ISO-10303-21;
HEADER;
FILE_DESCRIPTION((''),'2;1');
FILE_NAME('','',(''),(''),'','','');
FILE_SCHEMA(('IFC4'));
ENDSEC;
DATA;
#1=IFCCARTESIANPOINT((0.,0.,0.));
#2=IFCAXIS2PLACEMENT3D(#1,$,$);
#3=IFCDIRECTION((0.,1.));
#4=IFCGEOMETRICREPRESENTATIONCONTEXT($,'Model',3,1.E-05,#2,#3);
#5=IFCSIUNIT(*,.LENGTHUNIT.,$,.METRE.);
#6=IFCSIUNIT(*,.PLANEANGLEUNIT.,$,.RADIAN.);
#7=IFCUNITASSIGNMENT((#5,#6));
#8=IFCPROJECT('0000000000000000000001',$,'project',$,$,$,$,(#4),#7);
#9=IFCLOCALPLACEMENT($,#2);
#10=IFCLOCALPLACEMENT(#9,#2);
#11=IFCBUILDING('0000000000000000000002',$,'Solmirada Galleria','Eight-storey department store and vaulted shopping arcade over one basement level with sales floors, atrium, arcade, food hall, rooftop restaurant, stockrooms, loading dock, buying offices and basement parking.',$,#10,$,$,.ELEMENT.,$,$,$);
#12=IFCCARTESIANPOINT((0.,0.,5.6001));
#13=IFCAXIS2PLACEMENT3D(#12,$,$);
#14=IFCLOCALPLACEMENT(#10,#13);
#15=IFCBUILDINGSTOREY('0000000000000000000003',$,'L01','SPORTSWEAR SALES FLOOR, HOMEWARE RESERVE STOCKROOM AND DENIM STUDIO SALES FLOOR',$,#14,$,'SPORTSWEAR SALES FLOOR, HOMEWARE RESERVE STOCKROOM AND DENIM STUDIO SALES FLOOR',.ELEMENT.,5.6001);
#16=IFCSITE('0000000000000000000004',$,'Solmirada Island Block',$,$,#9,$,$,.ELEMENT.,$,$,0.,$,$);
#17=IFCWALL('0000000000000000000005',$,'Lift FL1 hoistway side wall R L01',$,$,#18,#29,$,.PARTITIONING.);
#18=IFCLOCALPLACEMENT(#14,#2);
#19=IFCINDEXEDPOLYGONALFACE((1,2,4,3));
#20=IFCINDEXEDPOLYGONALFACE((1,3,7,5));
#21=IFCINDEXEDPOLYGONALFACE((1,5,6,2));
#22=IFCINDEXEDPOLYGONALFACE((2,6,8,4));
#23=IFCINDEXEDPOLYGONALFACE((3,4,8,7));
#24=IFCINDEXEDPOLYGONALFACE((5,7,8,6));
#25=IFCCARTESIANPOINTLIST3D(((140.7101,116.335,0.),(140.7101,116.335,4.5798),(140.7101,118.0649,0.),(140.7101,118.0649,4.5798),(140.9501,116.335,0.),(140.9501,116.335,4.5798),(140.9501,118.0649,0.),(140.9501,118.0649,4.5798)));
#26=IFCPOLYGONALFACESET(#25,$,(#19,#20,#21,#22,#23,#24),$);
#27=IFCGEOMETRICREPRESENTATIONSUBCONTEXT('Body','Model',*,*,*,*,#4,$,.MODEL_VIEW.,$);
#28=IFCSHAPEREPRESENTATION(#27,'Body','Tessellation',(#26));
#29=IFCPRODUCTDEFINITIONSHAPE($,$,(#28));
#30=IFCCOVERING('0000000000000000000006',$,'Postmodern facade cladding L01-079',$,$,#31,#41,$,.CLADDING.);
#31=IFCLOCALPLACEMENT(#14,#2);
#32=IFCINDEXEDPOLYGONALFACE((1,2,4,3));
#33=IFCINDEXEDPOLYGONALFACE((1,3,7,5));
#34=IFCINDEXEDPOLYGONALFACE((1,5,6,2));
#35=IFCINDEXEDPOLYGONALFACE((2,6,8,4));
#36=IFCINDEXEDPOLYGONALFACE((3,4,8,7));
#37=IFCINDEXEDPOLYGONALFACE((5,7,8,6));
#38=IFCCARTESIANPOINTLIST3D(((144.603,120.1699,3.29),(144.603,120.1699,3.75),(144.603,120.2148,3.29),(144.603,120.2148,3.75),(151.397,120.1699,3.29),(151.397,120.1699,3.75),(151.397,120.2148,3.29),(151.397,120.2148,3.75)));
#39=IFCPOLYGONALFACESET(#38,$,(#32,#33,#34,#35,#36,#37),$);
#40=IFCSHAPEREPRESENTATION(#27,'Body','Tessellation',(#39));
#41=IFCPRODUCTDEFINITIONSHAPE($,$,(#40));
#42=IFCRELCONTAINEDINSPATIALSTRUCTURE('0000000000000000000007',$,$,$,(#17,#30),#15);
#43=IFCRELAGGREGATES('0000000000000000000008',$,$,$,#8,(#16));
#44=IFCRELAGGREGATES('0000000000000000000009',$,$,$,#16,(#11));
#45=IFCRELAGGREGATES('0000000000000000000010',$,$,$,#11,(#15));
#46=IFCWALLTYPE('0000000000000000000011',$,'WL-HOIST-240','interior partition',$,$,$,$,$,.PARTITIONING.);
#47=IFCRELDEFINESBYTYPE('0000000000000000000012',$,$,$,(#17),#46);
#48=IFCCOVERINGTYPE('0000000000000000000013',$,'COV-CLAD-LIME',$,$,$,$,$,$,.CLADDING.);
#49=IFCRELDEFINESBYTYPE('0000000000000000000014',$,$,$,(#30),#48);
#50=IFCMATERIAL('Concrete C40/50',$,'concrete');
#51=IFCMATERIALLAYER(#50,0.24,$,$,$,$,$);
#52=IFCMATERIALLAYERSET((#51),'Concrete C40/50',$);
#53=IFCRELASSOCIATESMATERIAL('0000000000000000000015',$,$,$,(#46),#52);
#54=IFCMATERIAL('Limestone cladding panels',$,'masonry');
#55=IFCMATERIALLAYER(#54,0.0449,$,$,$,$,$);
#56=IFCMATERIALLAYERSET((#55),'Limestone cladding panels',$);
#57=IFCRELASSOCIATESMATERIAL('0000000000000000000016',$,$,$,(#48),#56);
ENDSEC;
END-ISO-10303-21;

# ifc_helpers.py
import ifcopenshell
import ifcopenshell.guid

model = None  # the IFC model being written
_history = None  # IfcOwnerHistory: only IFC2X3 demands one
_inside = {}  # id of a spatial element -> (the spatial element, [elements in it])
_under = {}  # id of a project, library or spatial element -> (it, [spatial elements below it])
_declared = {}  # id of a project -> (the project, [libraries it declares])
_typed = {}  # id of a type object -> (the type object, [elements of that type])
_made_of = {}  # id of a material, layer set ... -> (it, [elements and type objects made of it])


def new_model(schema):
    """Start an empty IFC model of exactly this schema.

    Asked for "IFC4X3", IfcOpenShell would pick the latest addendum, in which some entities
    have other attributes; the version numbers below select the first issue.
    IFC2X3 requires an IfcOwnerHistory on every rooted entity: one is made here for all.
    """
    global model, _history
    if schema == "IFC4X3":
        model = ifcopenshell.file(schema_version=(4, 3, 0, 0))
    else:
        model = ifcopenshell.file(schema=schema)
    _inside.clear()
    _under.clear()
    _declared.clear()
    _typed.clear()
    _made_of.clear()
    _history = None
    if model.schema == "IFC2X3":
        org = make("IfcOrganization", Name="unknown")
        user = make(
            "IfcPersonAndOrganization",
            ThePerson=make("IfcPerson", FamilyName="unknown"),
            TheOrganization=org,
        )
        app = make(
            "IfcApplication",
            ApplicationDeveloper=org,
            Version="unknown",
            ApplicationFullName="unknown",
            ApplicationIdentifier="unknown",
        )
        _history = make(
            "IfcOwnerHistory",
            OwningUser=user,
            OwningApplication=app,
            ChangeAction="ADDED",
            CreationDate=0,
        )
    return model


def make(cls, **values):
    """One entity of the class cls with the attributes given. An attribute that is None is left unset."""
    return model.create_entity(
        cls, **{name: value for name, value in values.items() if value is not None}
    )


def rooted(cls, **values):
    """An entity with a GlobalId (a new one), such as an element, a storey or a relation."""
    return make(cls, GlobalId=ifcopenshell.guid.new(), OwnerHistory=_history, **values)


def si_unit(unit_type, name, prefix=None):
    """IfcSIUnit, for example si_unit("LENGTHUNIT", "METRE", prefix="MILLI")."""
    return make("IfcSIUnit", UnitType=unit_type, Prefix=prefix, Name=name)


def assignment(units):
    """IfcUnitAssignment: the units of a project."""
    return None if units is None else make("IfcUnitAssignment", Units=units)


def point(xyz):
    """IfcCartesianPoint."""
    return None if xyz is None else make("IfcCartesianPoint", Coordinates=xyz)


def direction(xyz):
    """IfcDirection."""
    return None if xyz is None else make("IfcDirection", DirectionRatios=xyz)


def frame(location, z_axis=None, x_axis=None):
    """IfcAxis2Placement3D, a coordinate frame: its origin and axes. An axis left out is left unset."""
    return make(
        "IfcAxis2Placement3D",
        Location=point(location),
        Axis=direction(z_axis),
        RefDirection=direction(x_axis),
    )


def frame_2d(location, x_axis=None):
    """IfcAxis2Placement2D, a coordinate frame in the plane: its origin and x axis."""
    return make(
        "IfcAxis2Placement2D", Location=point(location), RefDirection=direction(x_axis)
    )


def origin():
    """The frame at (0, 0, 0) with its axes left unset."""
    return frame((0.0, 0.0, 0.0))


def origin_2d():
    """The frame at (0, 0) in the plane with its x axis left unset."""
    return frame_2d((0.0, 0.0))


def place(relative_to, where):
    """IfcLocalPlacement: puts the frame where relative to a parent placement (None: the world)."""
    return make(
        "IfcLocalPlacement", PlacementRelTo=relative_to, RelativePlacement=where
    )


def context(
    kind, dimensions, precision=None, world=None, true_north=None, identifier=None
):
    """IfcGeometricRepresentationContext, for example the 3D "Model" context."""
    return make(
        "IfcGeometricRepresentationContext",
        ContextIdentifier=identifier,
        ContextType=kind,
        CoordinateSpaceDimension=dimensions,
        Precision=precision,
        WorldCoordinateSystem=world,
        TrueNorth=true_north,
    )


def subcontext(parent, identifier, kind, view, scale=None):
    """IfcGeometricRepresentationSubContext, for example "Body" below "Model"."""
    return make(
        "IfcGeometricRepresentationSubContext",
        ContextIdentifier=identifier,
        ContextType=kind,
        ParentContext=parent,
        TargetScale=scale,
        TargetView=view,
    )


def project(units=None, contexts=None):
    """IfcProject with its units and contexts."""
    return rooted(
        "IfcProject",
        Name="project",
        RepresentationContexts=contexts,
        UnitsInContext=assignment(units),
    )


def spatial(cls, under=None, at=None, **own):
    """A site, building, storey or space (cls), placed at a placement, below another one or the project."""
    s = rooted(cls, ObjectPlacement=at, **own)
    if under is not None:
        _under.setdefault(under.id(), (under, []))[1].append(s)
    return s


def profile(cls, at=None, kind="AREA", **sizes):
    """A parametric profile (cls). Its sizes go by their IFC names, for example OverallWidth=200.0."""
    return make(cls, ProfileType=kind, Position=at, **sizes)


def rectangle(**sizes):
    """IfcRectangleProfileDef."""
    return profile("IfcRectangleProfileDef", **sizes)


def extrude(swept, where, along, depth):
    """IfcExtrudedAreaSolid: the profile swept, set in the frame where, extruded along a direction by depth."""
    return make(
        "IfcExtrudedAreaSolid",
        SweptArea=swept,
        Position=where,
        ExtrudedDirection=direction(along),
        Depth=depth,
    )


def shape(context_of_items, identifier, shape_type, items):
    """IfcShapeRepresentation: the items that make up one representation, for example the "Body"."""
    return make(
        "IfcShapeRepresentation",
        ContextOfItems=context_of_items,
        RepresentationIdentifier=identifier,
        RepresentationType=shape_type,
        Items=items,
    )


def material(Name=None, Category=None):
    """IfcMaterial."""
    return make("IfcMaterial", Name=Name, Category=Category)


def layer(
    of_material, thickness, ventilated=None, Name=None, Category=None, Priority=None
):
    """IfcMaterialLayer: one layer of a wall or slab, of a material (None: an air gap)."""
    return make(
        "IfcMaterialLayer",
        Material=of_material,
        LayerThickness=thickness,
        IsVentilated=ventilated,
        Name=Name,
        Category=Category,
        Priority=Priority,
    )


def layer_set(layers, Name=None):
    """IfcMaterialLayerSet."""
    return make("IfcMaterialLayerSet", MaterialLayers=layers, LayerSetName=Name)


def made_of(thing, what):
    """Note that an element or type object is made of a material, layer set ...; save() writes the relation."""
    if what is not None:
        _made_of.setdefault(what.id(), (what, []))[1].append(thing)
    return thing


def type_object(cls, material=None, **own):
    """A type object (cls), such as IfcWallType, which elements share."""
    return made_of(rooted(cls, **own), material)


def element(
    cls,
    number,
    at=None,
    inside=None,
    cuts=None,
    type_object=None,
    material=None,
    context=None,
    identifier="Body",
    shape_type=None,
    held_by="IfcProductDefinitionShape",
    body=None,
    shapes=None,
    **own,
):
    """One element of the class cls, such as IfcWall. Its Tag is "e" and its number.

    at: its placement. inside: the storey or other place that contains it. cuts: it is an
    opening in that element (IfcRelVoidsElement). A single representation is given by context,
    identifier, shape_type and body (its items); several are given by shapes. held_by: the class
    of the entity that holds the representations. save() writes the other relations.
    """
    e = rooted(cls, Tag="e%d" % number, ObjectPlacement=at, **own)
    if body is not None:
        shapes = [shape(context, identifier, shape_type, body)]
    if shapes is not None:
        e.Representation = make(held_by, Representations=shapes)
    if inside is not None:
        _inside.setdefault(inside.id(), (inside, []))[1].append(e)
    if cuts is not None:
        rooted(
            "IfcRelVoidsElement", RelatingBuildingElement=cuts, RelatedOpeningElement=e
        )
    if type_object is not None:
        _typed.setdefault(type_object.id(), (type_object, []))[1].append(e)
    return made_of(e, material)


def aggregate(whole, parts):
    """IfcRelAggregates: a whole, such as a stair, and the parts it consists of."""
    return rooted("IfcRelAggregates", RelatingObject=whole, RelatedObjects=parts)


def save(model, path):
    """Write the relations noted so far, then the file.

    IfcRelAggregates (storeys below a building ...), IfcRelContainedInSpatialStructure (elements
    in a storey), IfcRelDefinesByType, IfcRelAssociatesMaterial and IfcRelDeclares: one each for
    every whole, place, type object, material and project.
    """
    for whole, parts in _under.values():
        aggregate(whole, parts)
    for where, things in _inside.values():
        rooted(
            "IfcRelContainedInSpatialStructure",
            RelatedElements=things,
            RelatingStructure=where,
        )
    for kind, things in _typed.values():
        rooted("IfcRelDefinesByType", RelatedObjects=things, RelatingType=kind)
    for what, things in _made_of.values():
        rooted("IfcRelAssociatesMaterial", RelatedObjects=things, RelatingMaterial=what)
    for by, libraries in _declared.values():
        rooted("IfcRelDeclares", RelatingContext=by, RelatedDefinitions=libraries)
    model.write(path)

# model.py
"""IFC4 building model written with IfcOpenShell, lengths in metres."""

from ifc_helpers import new_model, si_unit, direction, frame, frame_2d, origin, origin_2d, place, context, subcontext, project, spatial, rectangle, extrude, material, layer, layer_set, type_object, element, save


model = new_model("IFC4")

# Units and contexts
model_context = context("Model", 3, precision=1e-05, world=origin(), true_north=direction((0.0, 1.0)))
body_context = subcontext(model_context, "Body", "Model", "MODEL_VIEW")
ifc_project = project(units=[si_unit("LENGTHUNIT", "METRE"), si_unit("PLANEANGLEUNIT", "RADIAN")], contexts=[model_context])

# Site, building, storey
site_placement = place(None, origin())
site = spatial("IfcSite", under=ifc_project, at=site_placement, Name="Solmirada Island Block", CompositionType="ELEMENT", RefElevation=0.0)
building_placement = place(site_placement, origin())
building = spatial("IfcBuilding", under=site, at=building_placement, Name="Solmirada Galleria", Description="Eight-storey department store and vaulted shopping arcade over one basement level with sales floors, atrium, arcade, food hall, rooftop restaurant, stockrooms, loading dock, buying offices and basement parking.", CompositionType="ELEMENT")
storey_placement = place(building_placement, frame((0.0, 0.0, 5.6001)))
storey = spatial("IfcBuildingStorey", under=building, at=storey_placement, Name="L01", Description="SPORTSWEAR SALES FLOOR, HOMEWARE RESERVE STOCKROOM AND DENIM STUDIO SALES FLOOR", LongName="SPORTSWEAR SALES FLOOR, HOMEWARE RESERVE STOCKROOM AND DENIM STUDIO SALES FLOOR", CompositionType="ELEMENT", Elevation=5.6001)

# Wall
ifc_material_1 = material(Name="Concrete C40/50", Category="concrete")
ifc_layer_1 = layer(ifc_material_1, 0.24)
ifc_layer_set_1 = layer_set([ifc_layer_1], Name="Concrete C40/50")
wall_type_1 = type_object("IfcWallType", Name="WL-HOIST-240", Description="interior partition", PredefinedType="PARTITIONING", material=ifc_layer_set_1)
wall_1_placement = place(storey_placement, frame((140.8301, 116.335, 0.0), z_axis=(0.0, 0.0, 1.0), x_axis=(0.0, 1.0, 0.0)))
element("IfcWall", 1, at=wall_1_placement, inside=storey, type_object=wall_type_1, Name="Lift FL1 hoistway side wall R L01", PredefinedType="PARTITIONING", context=body_context, shape_type="SweptSolid", body=[
    extrude(rectangle(XDim=1.73, YDim=0.24, at=frame_2d((0.865, 0.0))), origin(), (0.0, 0.0, 1.0), 4.5798),
])

# Covering
ifc_material_2 = material(Name="Limestone cladding panels", Category="masonry")
ifc_layer_2 = layer(ifc_material_2, 0.0449)
ifc_layer_set_2 = layer_set([ifc_layer_2], Name="Limestone cladding panels")
covering_type = type_object("IfcCoveringType", Name="COV-CLAD-LIME", PredefinedType="CLADDING", material=ifc_layer_set_2)
covering_placement = place(storey_placement, frame((148.0, 120.1924, 3.29), z_axis=(0.0, 0.0, 1.0), x_axis=(1.0, 0.0, 0.0)))
element("IfcCovering", 2, at=covering_placement, inside=storey, type_object=covering_type, Name="Postmodern facade cladding L01-079", PredefinedType="CLADDING", context=body_context, shape_type="SweptSolid", body=[
    extrude(rectangle(XDim=6.7939, YDim=0.0449, at=origin_2d()), origin(), (0.0, 0.0, 1.0), 0.46),
])

save(model, "model.ifc")
